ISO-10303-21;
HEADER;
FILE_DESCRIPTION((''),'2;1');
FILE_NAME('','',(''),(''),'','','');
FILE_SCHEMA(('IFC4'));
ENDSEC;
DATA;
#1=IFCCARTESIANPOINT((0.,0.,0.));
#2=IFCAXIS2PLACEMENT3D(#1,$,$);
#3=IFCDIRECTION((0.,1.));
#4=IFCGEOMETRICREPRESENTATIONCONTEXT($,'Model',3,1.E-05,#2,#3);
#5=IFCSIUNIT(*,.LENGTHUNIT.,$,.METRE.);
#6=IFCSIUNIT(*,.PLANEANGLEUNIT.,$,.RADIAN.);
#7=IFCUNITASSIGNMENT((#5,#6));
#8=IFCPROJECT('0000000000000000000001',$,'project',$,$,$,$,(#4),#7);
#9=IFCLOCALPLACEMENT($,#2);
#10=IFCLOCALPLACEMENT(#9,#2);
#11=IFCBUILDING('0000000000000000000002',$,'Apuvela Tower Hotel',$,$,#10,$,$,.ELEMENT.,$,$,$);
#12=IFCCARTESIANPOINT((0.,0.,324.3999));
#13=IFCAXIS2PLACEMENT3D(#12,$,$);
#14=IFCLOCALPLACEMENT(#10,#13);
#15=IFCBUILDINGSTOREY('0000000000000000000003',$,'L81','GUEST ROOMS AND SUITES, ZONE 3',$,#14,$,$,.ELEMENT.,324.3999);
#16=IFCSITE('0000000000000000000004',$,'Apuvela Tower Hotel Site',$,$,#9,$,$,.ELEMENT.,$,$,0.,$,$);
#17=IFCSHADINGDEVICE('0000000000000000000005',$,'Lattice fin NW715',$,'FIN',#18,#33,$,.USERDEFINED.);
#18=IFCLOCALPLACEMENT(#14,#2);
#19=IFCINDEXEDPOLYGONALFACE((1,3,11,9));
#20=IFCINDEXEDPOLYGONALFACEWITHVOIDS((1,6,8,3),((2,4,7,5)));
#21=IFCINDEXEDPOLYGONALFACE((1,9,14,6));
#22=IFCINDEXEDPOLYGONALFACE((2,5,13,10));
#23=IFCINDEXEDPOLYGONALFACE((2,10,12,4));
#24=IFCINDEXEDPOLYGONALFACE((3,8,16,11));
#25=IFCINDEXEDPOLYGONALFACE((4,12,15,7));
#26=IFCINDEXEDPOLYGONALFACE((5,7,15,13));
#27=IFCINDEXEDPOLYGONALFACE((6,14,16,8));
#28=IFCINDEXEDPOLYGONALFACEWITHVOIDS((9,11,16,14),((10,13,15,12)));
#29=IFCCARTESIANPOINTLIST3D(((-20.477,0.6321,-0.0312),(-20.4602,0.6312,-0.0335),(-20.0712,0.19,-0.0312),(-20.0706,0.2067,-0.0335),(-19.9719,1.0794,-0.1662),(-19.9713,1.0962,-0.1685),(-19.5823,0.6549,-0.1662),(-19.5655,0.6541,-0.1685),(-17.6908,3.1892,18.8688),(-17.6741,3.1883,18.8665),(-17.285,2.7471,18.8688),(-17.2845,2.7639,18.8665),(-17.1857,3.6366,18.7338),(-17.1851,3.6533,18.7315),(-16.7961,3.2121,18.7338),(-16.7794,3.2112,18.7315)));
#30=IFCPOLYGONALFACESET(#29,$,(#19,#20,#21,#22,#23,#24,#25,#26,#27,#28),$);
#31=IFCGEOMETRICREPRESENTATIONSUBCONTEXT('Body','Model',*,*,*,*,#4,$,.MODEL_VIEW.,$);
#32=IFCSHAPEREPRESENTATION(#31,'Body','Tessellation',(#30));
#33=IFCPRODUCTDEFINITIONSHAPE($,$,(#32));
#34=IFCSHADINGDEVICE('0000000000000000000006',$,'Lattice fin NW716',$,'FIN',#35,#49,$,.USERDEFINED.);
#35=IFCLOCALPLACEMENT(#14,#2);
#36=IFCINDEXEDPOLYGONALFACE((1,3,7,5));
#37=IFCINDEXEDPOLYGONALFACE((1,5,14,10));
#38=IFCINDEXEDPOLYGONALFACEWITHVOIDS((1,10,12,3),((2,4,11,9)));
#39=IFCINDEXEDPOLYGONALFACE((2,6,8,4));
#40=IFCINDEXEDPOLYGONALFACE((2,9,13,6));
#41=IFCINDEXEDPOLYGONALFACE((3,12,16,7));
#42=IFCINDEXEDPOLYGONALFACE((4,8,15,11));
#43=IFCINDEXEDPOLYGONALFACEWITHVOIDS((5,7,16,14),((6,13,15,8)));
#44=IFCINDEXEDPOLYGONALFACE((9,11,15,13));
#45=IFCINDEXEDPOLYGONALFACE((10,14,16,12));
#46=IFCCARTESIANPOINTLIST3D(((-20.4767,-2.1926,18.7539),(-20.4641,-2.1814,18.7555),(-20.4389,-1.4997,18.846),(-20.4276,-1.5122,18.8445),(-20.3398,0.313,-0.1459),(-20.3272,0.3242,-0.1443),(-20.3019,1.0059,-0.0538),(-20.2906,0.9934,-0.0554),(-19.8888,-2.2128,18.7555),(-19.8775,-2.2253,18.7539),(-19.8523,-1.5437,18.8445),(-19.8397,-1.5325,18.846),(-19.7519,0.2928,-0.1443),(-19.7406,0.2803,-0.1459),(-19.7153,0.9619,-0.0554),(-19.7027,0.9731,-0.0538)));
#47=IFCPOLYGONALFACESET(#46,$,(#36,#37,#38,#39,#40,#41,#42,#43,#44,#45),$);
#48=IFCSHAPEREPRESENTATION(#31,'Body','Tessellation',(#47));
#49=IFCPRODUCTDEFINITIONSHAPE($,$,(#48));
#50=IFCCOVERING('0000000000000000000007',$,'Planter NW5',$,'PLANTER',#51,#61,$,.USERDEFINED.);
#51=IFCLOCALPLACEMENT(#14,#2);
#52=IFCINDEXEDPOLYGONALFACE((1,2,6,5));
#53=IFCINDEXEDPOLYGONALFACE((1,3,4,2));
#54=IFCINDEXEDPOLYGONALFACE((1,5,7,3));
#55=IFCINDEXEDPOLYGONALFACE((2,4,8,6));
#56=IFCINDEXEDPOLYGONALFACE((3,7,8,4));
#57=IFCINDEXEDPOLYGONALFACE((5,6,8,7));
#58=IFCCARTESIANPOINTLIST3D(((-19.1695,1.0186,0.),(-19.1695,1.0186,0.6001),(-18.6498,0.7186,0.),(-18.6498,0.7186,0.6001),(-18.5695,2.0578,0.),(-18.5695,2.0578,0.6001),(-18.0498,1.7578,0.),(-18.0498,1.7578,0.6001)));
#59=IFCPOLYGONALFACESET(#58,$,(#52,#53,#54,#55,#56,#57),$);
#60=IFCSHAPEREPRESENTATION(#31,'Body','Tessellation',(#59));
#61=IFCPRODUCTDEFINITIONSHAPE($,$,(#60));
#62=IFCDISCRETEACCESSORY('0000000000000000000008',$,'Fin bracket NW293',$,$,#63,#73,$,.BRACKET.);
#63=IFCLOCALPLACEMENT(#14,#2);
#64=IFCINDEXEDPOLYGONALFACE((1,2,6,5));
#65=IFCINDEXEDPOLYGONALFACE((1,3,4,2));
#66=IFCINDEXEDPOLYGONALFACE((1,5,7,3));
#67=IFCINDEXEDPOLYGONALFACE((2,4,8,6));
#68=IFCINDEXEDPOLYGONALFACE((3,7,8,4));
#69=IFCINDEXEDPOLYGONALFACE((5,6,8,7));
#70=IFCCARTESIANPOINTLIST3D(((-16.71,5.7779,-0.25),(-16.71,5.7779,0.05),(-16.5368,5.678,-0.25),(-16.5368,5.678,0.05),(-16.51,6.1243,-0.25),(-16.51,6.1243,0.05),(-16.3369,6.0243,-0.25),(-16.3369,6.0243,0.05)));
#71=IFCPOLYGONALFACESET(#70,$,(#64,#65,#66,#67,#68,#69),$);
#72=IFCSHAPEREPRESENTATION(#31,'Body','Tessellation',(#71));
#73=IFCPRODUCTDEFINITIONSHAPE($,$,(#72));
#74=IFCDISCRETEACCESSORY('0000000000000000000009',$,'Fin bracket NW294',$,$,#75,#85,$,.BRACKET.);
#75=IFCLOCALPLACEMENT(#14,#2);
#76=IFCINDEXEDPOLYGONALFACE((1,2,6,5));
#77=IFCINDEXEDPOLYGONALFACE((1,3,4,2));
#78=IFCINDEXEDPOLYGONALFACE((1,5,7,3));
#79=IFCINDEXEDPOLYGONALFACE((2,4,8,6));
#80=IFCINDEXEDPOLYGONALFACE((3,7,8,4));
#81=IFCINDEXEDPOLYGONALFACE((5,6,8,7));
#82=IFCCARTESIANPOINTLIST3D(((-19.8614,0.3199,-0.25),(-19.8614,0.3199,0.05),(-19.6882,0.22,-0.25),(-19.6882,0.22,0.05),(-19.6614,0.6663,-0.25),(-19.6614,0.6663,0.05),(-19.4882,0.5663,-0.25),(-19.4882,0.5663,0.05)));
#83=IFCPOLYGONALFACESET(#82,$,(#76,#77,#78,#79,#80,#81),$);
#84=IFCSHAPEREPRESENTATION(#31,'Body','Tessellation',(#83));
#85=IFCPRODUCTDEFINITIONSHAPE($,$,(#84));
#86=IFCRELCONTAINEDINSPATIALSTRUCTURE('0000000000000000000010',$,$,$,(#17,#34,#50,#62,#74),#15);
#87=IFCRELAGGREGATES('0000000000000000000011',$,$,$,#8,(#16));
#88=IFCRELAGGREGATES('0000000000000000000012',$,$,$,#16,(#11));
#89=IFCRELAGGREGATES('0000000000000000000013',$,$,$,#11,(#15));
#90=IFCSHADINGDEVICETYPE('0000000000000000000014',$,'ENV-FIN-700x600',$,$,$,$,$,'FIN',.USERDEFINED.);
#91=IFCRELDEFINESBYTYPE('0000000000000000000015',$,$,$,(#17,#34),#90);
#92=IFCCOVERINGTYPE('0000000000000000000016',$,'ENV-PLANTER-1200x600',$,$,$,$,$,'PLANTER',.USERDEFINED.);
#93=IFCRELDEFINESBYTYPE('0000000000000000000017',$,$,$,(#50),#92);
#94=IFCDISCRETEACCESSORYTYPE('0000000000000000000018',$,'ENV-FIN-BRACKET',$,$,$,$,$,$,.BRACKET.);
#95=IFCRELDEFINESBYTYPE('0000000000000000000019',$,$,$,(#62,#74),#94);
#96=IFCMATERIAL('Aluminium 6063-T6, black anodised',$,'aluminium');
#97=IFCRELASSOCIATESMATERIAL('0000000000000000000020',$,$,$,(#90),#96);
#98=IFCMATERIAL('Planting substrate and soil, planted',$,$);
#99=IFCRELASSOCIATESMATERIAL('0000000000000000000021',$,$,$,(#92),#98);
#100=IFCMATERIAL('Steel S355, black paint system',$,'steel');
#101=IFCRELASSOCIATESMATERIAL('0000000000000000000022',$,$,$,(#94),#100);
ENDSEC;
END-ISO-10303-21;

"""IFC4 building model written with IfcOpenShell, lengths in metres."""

from ifc_helpers import new_model, si_unit, direction, frame, origin, origin_2d, place, context, subcontext, project, spatial, rectangle, hollow_rectangle, extrude, material, material_profile, profile_set, type_object, element, save


model = new_model("IFC4")

# Units and contexts
model_context = context("Model", 3, precision=1e-05, world=origin(), true_north=direction((0.0, 1.0)))
body_context = subcontext(model_context, "Body", "Model", "MODEL_VIEW")
ifc_project = project(units=[si_unit("LENGTHUNIT", "METRE"), si_unit("PLANEANGLEUNIT", "RADIAN")], contexts=[model_context])

# Site, building, storey
site_placement = place(None, origin())
site = spatial("IfcSite", under=ifc_project, at=site_placement, Name="Apuvela Tower Hotel Site", CompositionType="ELEMENT", RefElevation=0.0)
building_placement = place(site_placement, origin())
building = spatial("IfcBuilding", under=site, at=building_placement, Name="Apuvela Tower Hotel", CompositionType="ELEMENT")
storey_placement = place(building_placement, frame((0.0, 0.0, 324.3999)))
storey = spatial("IfcBuildingStorey", under=building, at=storey_placement, Name="L81", Description="GUEST ROOMS AND SUITES, ZONE 3", CompositionType="ELEMENT", Elevation=324.3999)

# Shading devices
ifc_material_1 = material(Name="Aluminium 6063-T6, black anodised", Category="aluminium")
ifc_material_profile_1 = material_profile(ifc_material_1, hollow_rectangle(XDim=0.6001, YDim=0.7, WallThickness=0.012, at=origin_2d()), Name="AL BOX 700x600x12")
ifc_profile_set_1 = profile_set([ifc_material_profile_1], Name="Aluminium 6063-T6, black anodised")
shading_device_type = type_object("IfcShadingDeviceType", Name="ENV-FIN-700x600", ElementType="FIN", PredefinedType="USERDEFINED", material=ifc_profile_set_1)
shading_device_1_placement = place(storey_placement, frame((-20.0212, 0.6431, -0.0999), z_axis=(0.14455, 0.132669, 0.980563), x_axis=(-0.676181, 0.736736, 0.0)))
element("IfcShadingDevice", 1, at=shading_device_1_placement, inside=storey, type_object=shading_device_type, Name="Lattice fin NW715", ObjectType="FIN", PredefinedType="USERDEFINED", context=body_context, shape_type="SweptSolid", body=[
    extrude(hollow_rectangle(XDim=0.6001, YDim=0.7, WallThickness=0.012, at=origin_2d()), origin(), (0.0, 0.0, 1.0), 19.2747),
])
shading_device_2_placement = place(storey_placement, frame((-20.0212, 0.6431, -0.0999), z_axis=(-0.007184, -0.13142, 0.991301), x_axis=(0.998509, -0.054581, 0.0)))
element("IfcShadingDevice", 2, at=shading_device_2_placement, inside=storey, type_object=shading_device_type, Name="Lattice fin NW716", ObjectType="FIN", PredefinedType="USERDEFINED", context=body_context, shape_type="SweptSolid", body=[
    extrude(hollow_rectangle(XDim=0.6001, YDim=0.7, WallThickness=0.012, at=origin_2d()), origin(), (0.0, 0.0, 1.0), 19.0657),
])

# Covering
ifc_material_2 = material(Name="Planting substrate and soil, planted")
covering_type = type_object("IfcCoveringType", Name="ENV-PLANTER-1200x600", ElementType="PLANTER", PredefinedType="USERDEFINED", material=ifc_material_2)
covering_placement = place(storey_placement, frame((-18.6096, 1.3882, 0.0), z_axis=(0.0, 0.0, 1.0), x_axis=(-0.5, -0.866025, 0.0)))
element("IfcCovering", 3, at=covering_placement, inside=storey, type_object=covering_type, Name="Planter NW5", ObjectType="PLANTER", PredefinedType="USERDEFINED", context=body_context, shape_type="SweptSolid", body=[
    extrude(rectangle(XDim=1.2, YDim=0.6001, at=origin_2d()), origin(), (0.0, 0.0, 1.0), 0.6001),
])

# Discrete accessories
ifc_material_3 = material(Name="Steel S355, black paint system", Category="steel")
discrete_accessory_type = type_object("IfcDiscreteAccessoryType", Name="ENV-FIN-BRACKET", PredefinedType="BRACKET", material=ifc_material_3)
for number, where, z_axis, x_axis, name in (
    (4, (-16.5234, 5.9011, -0.25), (0.0, 0.0, 1.0), (-0.5, -0.866025, 0.0), "Fin bracket NW293"),
    (5, (-19.6748, 0.4431, -0.25), (0.0, 0.0, 1.0), (-0.5, -0.866025, 0.0), "Fin bracket NW294"),
):
    element("IfcDiscreteAccessory", number, at=place(storey_placement, frame(where, z_axis=z_axis, x_axis=x_axis)), inside=storey, type_object=discrete_accessory_type, Name=name, PredefinedType="BRACKET", context=body_context, shape_type="SweptSolid", body=[
        extrude(rectangle(XDim=0.3999, YDim=0.2, at=origin_2d()), origin(), (0.0, 0.0, 1.0), 0.3),
    ])

save(model, "model.ifc")
